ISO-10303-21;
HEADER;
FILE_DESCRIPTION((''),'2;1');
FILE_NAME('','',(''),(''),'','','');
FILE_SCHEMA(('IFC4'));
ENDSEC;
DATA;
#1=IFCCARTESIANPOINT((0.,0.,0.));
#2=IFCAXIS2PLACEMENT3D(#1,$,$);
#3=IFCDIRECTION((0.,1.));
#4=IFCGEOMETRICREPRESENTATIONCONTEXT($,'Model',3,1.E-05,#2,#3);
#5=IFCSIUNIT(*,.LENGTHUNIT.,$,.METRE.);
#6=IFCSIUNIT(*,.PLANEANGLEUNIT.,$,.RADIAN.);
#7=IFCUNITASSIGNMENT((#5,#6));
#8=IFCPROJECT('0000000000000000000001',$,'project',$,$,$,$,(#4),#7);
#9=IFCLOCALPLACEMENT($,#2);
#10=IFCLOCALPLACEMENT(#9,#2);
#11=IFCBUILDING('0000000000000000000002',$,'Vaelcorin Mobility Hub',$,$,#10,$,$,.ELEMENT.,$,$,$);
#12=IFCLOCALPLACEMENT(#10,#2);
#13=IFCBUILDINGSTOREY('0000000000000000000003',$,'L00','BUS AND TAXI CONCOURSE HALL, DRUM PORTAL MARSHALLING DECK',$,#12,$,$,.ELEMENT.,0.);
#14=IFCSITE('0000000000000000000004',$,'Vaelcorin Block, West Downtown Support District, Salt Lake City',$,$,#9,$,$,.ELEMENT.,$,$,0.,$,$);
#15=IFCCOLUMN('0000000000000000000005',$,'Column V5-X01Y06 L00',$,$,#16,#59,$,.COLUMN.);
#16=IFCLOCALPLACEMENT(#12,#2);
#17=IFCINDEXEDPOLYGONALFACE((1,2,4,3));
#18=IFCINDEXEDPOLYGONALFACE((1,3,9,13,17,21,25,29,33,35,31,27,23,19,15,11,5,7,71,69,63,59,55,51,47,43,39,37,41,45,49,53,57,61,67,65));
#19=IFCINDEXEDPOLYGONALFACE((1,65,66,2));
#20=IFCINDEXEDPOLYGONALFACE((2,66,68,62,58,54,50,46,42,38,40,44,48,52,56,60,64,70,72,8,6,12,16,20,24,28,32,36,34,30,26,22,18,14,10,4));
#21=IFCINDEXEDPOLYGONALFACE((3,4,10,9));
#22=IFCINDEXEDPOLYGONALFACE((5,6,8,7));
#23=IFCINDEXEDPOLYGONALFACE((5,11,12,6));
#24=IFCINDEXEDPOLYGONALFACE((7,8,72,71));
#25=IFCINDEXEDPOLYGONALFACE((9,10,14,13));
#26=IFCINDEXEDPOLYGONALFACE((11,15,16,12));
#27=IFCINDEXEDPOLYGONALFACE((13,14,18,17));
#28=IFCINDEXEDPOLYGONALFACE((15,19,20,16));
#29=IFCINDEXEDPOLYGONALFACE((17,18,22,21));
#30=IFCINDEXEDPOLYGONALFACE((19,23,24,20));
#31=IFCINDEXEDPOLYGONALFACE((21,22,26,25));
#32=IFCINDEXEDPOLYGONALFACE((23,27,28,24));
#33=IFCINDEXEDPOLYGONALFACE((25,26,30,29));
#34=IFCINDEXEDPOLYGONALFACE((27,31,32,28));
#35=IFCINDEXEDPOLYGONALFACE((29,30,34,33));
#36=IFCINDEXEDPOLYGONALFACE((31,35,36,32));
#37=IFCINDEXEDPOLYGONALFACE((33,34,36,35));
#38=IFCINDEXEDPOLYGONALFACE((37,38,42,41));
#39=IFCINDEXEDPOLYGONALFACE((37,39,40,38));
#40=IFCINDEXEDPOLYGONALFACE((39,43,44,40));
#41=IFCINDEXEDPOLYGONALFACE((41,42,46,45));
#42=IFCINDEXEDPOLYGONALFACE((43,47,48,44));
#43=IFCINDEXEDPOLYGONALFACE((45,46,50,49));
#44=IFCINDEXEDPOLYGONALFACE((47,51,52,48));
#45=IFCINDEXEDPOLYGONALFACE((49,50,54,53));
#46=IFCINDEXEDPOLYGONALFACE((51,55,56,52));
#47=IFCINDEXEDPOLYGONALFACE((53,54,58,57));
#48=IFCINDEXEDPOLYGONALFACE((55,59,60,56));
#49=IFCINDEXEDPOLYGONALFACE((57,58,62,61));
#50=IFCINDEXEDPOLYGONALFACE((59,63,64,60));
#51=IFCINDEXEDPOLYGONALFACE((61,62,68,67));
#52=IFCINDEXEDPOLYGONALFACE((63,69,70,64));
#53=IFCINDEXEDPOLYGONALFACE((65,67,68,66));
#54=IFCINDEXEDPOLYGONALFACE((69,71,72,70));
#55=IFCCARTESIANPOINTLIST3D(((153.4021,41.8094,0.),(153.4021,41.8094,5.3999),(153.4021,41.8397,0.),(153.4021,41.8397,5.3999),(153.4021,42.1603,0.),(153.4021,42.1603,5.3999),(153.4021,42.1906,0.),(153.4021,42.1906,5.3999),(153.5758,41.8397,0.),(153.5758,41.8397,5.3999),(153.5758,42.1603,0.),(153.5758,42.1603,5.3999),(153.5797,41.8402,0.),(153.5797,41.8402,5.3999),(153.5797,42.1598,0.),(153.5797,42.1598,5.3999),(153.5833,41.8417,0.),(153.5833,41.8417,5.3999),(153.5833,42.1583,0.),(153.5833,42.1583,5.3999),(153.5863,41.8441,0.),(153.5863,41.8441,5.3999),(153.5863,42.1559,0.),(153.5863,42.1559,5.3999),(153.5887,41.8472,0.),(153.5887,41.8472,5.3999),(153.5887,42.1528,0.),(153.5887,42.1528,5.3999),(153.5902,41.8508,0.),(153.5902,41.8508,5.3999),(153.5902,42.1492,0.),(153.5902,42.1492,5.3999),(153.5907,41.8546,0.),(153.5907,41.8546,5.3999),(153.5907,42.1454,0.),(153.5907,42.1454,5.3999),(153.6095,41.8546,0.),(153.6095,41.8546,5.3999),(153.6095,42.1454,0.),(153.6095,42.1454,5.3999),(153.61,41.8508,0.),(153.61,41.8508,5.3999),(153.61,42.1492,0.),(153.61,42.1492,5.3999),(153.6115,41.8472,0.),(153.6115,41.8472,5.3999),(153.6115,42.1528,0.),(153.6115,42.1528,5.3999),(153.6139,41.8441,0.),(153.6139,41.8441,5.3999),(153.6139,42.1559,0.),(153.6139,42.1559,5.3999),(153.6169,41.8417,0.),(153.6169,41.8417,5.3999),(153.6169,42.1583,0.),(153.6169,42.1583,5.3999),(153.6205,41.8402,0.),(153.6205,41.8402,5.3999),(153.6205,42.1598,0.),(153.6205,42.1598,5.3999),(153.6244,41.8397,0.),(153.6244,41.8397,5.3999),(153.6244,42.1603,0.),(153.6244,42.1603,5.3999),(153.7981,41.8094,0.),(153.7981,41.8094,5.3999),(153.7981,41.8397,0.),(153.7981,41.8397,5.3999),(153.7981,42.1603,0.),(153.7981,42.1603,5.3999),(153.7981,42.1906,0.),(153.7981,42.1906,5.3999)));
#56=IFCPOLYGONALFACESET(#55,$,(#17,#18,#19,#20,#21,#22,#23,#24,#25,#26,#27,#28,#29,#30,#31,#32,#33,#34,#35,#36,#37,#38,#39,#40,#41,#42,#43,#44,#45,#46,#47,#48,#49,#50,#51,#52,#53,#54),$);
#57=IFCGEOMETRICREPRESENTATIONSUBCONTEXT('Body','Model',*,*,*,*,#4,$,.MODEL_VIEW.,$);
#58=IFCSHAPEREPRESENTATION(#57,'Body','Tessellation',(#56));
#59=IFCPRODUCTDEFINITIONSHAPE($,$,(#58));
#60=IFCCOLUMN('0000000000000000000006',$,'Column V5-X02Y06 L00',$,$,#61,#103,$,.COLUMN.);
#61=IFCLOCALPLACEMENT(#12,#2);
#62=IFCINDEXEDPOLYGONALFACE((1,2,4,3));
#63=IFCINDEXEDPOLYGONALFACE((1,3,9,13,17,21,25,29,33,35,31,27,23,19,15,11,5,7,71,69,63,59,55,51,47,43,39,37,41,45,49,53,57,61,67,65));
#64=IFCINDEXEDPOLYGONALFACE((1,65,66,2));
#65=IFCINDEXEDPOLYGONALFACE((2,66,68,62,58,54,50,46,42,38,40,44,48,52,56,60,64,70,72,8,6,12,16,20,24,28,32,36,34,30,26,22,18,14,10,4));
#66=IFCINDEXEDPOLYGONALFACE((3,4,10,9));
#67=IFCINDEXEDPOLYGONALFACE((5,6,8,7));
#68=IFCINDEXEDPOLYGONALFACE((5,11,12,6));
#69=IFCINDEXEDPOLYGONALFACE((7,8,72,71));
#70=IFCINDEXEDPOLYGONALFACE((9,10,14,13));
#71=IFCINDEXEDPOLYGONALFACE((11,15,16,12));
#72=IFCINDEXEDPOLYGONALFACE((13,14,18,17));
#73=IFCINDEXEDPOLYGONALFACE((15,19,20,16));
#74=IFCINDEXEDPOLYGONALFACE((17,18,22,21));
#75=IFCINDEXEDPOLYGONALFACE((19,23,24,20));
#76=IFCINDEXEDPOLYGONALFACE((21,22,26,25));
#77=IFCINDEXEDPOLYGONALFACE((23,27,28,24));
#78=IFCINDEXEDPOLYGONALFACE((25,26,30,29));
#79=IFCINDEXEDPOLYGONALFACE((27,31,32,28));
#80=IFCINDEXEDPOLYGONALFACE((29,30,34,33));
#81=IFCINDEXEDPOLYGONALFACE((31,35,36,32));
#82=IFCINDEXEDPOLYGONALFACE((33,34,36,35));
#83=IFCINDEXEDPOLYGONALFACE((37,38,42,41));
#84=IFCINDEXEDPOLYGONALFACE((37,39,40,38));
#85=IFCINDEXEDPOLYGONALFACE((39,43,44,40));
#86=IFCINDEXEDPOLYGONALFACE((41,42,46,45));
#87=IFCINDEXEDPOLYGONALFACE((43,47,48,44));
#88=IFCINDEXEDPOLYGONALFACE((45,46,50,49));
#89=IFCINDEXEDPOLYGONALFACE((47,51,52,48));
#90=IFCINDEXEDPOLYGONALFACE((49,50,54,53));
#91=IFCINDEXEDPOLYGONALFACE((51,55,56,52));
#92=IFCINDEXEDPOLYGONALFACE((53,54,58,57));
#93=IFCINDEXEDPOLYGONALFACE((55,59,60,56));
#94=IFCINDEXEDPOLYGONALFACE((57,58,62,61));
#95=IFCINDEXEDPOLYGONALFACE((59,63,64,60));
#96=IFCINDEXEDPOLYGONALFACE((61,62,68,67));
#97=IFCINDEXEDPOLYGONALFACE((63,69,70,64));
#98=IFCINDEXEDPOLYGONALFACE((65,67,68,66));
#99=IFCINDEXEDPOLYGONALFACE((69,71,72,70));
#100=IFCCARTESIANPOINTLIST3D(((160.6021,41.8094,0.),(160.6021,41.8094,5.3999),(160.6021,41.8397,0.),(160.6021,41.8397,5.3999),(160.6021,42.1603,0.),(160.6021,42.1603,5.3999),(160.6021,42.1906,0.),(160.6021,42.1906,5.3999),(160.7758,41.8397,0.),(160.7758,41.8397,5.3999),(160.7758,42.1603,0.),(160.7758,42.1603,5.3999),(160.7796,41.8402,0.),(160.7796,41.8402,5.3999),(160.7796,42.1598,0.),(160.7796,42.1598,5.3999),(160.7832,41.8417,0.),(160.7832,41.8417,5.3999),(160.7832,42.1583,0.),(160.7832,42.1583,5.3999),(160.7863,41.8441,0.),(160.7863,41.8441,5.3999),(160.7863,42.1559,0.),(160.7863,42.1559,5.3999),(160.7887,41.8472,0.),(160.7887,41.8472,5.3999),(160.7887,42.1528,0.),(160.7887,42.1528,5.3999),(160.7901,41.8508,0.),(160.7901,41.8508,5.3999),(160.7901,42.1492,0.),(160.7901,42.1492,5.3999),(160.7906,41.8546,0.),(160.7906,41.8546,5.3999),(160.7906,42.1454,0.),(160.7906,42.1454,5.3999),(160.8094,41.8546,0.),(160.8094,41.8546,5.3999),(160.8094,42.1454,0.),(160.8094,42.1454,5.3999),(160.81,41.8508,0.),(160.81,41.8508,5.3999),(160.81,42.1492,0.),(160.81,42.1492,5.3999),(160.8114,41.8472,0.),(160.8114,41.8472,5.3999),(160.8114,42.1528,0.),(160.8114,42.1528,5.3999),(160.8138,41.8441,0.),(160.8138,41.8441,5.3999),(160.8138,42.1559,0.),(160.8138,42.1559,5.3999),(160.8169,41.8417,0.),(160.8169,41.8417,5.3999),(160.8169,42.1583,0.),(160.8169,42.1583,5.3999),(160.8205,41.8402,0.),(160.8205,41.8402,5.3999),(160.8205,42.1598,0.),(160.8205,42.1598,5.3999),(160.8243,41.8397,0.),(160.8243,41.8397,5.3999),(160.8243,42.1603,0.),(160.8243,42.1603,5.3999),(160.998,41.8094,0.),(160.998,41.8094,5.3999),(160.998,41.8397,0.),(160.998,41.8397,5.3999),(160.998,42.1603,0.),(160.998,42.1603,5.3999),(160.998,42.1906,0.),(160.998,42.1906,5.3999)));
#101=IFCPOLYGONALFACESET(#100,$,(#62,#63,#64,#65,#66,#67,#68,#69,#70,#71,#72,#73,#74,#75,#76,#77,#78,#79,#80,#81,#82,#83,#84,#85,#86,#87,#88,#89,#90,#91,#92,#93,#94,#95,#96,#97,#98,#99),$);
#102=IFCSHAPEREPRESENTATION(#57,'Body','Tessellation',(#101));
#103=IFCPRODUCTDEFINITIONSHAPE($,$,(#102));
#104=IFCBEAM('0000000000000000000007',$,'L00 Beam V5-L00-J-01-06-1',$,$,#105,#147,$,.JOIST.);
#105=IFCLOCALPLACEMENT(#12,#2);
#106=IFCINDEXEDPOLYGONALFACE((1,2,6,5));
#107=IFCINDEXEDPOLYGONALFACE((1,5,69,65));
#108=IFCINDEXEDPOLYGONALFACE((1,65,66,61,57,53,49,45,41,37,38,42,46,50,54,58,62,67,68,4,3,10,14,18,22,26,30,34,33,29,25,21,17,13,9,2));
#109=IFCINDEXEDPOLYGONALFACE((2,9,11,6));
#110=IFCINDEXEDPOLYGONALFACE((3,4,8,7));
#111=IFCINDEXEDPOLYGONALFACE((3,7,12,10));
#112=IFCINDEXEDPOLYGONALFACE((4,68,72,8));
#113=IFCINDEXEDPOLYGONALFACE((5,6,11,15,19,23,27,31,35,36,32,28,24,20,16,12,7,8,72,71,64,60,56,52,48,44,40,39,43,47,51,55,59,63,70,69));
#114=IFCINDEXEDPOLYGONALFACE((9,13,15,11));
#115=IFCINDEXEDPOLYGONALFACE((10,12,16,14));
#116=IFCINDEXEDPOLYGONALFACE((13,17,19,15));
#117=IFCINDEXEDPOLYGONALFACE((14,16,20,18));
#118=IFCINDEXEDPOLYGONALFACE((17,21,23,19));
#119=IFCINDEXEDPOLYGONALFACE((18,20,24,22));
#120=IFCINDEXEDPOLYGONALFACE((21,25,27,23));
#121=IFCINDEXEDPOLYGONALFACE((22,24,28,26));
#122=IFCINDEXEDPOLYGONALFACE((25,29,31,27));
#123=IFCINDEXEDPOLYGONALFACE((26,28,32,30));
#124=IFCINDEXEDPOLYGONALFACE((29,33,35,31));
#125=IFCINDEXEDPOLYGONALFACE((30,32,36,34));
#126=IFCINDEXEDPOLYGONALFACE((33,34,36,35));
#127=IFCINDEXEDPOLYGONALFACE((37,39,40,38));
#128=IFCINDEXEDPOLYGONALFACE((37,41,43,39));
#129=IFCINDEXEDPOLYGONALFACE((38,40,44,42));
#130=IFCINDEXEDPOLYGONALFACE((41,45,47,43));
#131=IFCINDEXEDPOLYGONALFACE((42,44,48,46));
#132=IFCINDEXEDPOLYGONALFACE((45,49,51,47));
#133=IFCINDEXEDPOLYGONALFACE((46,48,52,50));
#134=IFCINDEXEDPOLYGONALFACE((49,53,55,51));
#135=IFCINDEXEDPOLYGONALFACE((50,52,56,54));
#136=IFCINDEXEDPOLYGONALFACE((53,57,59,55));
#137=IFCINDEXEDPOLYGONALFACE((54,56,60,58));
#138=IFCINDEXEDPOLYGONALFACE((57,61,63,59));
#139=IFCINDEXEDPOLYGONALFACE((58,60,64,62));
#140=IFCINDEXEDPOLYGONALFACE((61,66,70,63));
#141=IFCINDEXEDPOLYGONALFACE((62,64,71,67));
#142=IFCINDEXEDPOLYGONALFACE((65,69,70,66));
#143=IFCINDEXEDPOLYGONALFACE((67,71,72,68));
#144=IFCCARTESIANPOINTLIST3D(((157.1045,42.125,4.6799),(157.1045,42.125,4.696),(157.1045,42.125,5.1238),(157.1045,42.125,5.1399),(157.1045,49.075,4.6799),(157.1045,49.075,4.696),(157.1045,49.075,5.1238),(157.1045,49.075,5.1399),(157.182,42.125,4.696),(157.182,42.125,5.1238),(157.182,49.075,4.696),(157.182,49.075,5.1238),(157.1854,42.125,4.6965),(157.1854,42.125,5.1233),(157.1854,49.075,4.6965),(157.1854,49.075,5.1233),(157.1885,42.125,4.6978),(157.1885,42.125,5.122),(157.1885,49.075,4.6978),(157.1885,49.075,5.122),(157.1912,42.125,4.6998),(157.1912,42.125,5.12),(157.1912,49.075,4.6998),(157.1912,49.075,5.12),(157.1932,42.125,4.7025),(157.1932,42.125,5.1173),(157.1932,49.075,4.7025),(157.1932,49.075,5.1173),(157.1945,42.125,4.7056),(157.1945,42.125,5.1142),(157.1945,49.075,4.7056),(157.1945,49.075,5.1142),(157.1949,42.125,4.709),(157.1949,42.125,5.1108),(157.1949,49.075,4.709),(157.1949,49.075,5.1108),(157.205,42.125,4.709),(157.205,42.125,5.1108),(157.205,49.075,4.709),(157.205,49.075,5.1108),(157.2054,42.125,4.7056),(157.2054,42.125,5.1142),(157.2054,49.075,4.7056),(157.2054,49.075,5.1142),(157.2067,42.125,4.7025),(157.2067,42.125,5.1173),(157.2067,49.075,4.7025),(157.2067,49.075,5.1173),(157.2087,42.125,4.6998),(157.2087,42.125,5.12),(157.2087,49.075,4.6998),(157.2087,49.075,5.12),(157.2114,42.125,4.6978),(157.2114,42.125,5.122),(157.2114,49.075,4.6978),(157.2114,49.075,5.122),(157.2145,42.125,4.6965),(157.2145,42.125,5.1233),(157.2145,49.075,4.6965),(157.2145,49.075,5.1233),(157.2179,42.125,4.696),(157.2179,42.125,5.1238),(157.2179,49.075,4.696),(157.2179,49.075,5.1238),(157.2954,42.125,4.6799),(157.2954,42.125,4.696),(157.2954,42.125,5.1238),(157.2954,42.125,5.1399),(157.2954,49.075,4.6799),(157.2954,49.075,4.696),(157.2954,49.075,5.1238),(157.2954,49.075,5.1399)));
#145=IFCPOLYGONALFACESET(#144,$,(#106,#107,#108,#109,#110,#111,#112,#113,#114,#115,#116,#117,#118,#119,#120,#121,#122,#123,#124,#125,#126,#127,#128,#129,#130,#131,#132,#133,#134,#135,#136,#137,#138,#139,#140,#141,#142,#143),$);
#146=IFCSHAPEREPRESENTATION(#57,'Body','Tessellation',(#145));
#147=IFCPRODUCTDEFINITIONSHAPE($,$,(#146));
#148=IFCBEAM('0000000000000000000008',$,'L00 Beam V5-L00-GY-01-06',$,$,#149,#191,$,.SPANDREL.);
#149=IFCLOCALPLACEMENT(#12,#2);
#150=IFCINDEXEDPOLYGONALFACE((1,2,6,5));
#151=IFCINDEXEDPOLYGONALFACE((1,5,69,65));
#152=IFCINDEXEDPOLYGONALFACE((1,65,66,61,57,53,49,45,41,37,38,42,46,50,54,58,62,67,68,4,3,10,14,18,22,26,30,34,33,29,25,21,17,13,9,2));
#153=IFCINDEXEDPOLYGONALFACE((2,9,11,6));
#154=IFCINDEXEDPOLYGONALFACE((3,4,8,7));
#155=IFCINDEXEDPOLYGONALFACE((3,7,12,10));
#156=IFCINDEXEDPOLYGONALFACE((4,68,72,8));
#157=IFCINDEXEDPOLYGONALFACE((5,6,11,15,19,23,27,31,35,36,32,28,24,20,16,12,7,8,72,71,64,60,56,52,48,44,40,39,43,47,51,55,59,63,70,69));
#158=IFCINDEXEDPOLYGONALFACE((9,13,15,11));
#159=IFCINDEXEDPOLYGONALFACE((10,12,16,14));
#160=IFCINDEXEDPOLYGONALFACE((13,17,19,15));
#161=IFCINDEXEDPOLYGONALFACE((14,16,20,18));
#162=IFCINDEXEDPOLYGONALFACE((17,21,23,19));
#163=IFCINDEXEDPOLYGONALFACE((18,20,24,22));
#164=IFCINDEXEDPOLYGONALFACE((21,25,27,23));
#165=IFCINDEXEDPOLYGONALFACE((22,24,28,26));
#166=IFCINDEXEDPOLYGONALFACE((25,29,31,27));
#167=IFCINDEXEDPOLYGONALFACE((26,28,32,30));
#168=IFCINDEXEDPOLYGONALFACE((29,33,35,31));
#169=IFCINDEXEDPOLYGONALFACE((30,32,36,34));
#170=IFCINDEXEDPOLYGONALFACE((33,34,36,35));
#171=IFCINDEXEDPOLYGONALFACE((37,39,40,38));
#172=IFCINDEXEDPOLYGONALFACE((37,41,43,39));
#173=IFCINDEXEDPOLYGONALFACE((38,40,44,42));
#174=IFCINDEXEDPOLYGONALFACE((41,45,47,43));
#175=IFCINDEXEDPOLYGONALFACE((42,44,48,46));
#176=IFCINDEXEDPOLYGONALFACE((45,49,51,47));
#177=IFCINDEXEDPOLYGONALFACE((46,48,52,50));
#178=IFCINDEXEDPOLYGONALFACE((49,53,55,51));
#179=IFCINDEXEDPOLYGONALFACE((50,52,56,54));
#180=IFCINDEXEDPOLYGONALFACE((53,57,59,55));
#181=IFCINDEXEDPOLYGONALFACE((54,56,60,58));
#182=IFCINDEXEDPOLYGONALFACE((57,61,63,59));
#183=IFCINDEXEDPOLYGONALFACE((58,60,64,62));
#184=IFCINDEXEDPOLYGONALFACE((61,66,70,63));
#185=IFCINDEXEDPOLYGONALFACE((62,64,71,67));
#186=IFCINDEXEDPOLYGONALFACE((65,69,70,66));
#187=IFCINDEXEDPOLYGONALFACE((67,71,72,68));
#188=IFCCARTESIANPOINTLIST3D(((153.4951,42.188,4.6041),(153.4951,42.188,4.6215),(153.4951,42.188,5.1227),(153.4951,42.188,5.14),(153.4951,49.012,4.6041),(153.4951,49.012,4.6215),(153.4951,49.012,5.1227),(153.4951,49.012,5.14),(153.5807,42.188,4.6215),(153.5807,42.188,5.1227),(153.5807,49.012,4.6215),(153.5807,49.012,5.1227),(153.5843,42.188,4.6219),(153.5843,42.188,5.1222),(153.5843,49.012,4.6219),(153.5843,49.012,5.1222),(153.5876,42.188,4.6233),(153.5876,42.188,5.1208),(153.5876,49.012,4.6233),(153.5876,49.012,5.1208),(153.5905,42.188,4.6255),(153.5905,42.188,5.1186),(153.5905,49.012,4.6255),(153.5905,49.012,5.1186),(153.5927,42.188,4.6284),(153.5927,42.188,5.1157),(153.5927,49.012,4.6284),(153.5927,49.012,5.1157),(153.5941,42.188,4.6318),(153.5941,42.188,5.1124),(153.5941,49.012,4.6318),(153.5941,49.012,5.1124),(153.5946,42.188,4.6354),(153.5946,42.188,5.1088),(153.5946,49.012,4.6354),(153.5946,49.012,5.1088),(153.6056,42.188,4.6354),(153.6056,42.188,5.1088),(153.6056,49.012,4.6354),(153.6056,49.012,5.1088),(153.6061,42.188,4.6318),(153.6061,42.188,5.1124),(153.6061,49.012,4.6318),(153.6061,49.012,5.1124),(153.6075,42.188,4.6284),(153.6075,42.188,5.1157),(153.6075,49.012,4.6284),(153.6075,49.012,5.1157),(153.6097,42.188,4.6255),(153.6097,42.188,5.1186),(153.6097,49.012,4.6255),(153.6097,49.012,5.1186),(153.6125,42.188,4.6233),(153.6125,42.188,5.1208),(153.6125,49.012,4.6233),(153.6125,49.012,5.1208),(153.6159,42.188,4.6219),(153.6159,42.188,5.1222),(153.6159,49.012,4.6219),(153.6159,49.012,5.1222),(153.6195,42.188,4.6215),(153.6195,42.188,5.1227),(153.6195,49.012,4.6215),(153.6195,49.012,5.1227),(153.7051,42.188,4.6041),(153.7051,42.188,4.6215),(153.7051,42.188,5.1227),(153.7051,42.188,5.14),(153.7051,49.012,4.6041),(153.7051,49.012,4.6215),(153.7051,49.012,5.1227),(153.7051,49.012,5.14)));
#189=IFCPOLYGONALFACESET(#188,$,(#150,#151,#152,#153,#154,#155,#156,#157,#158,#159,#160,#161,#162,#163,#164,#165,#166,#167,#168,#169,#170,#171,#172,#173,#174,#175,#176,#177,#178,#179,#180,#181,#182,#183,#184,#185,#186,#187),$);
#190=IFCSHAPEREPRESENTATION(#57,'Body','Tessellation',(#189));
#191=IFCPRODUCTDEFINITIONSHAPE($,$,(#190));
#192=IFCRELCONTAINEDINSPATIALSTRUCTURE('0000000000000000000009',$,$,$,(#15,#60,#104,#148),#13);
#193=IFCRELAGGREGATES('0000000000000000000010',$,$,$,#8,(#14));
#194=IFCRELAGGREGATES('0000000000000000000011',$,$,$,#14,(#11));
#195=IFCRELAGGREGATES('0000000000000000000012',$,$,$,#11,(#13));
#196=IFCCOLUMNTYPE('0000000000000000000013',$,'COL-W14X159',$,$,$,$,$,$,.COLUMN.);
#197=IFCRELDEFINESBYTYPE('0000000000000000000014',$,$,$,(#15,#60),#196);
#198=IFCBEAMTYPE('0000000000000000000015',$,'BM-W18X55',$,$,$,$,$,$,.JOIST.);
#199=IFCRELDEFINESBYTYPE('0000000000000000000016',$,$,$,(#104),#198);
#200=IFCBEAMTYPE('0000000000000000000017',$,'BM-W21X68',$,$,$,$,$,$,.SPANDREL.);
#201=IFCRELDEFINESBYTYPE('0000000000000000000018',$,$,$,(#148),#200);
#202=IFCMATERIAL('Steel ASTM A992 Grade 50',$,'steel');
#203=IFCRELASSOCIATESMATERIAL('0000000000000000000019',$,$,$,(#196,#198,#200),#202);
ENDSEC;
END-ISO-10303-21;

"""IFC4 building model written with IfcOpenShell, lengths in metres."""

from ifc_helpers import new_model, si_unit, direction, frame, origin, origin_2d, place, context, subcontext, project, spatial, i_section, extrude, material, material_profile, profile_set, type_object, element, save


model = new_model("IFC4")

# Units and contexts
model_context = context("Model", 3, precision=1e-05, world=origin(), true_north=direction((0.0, 1.0)))
body_context = subcontext(model_context, "Body", "Model", "MODEL_VIEW")
ifc_project = project(units=[si_unit("LENGTHUNIT", "METRE"), si_unit("PLANEANGLEUNIT", "RADIAN")], contexts=[model_context])

# Site, building, storey
site_placement = place(None, origin())
site = spatial("IfcSite", under=ifc_project, at=site_placement, Name="Vaelcorin Block, West Downtown Support District, Salt Lake City", CompositionType="ELEMENT", RefElevation=0.0)
building_placement = place(site_placement, origin())
building = spatial("IfcBuilding", under=site, at=building_placement, Name="Vaelcorin Mobility Hub", CompositionType="ELEMENT")
storey_placement = place(building_placement, origin())
storey = spatial("IfcBuildingStorey", under=building, at=storey_placement, Name="L00", Description="BUS AND TAXI CONCOURSE HALL, DRUM PORTAL MARSHALLING DECK", CompositionType="ELEMENT", Elevation=0.0)

# Columns
ifc_material_1 = material(Name="Steel ASTM A992 Grade 50", Category="steel")
ifc_material_profile_1 = material_profile(ifc_material_1, i_section(OverallWidth=0.396, OverallDepth=0.3811, WebThickness=0.0188, FlangeThickness=0.0303, FilletRadius=0.0149, at=origin_2d()), Name="W14X159")
ifc_profile_set_1 = profile_set([ifc_material_profile_1], Name="Steel ASTM A992 Grade 50")
column_type = type_object("IfcColumnType", Name="COL-W14X159", PredefinedType="COLUMN", material=ifc_profile_set_1)
for number, where, z_axis, x_axis, name in (
    (1, (153.6001, 42.0, 0.0), (0.0, 0.0, 1.0), (1.0, 0.0, 0.0), "Column V5-X01Y06 L00"),
    (2, (160.8, 42.0, 0.0), (0.0, 0.0, 1.0), (1.0, 0.0, 0.0), "Column V5-X02Y06 L00"),
):
    element("IfcColumn", number, at=place(storey_placement, frame(where, z_axis=z_axis, x_axis=x_axis)), inside=storey, type_object=column_type, Name=name, PredefinedType="COLUMN", context=body_context, shape_type="SweptSolid", body=[
        extrude(i_section(OverallWidth=0.396, OverallDepth=0.3811, WebThickness=0.0188, FlangeThickness=0.0303, FilletRadius=0.0149, at=origin_2d()), origin(), (0.0, 0.0, 1.0), 5.3999),
    ])

# Beams
ifc_material_profile_2 = material_profile(ifc_material_1, i_section(OverallWidth=0.1909, OverallDepth=0.46, WebThickness=0.01, FlangeThickness=0.0161, FilletRadius=0.0129, at=origin_2d()), Name="W18X55")
ifc_profile_set_2 = profile_set([ifc_material_profile_2], Name="Steel ASTM A992 Grade 50")
beam_type_1 = type_object("IfcBeamType", Name="BM-W18X55", PredefinedType="JOIST", material=ifc_profile_set_2)
beam_1_placement = place(storey_placement, frame((157.2, 42.125, 4.9099), z_axis=(0.0, 1.0, 0.0), x_axis=(-1.0, 0.0, 0.0)))
element("IfcBeam", 3, at=beam_1_placement, inside=storey, type_object=beam_type_1, Name="L00 Beam V5-L00-J-01-06-1", PredefinedType="JOIST", context=body_context, shape_type="SweptSolid", body=[
    extrude(i_section(OverallWidth=0.1909, OverallDepth=0.46, WebThickness=0.01, FlangeThickness=0.0161, FilletRadius=0.0129, at=origin_2d()), origin(), (0.0, 0.0, 1.0), 6.95),
])
ifc_material_profile_3 = material_profile(ifc_material_1, i_section(OverallWidth=0.21, OverallDepth=0.5359, WebThickness=0.011, FlangeThickness=0.0173, FilletRadius=0.0139, at=origin_2d()), Name="W21X68")
ifc_profile_set_3 = profile_set([ifc_material_profile_3], Name="Steel ASTM A992 Grade 50")
beam_type_2 = type_object("IfcBeamType", Name="BM-W21X68", PredefinedType="SPANDREL", material=ifc_profile_set_3)
beam_2_placement = place(storey_placement, frame((153.6001, 42.188, 4.8721), z_axis=(0.0, 1.0, 0.0), x_axis=(-1.0, 0.0, 0.0)))
element("IfcBeam", 4, at=beam_2_placement, inside=storey, type_object=beam_type_2, Name="L00 Beam V5-L00-GY-01-06", PredefinedType="SPANDREL", context=body_context, shape_type="SweptSolid", body=[
    extrude(i_section(OverallWidth=0.21, OverallDepth=0.5359, WebThickness=0.011, FlangeThickness=0.0173, FilletRadius=0.0139, at=origin_2d()), origin(), (0.0, 0.0, 1.0), 6.824),
])

save(model, "model.ifc")
